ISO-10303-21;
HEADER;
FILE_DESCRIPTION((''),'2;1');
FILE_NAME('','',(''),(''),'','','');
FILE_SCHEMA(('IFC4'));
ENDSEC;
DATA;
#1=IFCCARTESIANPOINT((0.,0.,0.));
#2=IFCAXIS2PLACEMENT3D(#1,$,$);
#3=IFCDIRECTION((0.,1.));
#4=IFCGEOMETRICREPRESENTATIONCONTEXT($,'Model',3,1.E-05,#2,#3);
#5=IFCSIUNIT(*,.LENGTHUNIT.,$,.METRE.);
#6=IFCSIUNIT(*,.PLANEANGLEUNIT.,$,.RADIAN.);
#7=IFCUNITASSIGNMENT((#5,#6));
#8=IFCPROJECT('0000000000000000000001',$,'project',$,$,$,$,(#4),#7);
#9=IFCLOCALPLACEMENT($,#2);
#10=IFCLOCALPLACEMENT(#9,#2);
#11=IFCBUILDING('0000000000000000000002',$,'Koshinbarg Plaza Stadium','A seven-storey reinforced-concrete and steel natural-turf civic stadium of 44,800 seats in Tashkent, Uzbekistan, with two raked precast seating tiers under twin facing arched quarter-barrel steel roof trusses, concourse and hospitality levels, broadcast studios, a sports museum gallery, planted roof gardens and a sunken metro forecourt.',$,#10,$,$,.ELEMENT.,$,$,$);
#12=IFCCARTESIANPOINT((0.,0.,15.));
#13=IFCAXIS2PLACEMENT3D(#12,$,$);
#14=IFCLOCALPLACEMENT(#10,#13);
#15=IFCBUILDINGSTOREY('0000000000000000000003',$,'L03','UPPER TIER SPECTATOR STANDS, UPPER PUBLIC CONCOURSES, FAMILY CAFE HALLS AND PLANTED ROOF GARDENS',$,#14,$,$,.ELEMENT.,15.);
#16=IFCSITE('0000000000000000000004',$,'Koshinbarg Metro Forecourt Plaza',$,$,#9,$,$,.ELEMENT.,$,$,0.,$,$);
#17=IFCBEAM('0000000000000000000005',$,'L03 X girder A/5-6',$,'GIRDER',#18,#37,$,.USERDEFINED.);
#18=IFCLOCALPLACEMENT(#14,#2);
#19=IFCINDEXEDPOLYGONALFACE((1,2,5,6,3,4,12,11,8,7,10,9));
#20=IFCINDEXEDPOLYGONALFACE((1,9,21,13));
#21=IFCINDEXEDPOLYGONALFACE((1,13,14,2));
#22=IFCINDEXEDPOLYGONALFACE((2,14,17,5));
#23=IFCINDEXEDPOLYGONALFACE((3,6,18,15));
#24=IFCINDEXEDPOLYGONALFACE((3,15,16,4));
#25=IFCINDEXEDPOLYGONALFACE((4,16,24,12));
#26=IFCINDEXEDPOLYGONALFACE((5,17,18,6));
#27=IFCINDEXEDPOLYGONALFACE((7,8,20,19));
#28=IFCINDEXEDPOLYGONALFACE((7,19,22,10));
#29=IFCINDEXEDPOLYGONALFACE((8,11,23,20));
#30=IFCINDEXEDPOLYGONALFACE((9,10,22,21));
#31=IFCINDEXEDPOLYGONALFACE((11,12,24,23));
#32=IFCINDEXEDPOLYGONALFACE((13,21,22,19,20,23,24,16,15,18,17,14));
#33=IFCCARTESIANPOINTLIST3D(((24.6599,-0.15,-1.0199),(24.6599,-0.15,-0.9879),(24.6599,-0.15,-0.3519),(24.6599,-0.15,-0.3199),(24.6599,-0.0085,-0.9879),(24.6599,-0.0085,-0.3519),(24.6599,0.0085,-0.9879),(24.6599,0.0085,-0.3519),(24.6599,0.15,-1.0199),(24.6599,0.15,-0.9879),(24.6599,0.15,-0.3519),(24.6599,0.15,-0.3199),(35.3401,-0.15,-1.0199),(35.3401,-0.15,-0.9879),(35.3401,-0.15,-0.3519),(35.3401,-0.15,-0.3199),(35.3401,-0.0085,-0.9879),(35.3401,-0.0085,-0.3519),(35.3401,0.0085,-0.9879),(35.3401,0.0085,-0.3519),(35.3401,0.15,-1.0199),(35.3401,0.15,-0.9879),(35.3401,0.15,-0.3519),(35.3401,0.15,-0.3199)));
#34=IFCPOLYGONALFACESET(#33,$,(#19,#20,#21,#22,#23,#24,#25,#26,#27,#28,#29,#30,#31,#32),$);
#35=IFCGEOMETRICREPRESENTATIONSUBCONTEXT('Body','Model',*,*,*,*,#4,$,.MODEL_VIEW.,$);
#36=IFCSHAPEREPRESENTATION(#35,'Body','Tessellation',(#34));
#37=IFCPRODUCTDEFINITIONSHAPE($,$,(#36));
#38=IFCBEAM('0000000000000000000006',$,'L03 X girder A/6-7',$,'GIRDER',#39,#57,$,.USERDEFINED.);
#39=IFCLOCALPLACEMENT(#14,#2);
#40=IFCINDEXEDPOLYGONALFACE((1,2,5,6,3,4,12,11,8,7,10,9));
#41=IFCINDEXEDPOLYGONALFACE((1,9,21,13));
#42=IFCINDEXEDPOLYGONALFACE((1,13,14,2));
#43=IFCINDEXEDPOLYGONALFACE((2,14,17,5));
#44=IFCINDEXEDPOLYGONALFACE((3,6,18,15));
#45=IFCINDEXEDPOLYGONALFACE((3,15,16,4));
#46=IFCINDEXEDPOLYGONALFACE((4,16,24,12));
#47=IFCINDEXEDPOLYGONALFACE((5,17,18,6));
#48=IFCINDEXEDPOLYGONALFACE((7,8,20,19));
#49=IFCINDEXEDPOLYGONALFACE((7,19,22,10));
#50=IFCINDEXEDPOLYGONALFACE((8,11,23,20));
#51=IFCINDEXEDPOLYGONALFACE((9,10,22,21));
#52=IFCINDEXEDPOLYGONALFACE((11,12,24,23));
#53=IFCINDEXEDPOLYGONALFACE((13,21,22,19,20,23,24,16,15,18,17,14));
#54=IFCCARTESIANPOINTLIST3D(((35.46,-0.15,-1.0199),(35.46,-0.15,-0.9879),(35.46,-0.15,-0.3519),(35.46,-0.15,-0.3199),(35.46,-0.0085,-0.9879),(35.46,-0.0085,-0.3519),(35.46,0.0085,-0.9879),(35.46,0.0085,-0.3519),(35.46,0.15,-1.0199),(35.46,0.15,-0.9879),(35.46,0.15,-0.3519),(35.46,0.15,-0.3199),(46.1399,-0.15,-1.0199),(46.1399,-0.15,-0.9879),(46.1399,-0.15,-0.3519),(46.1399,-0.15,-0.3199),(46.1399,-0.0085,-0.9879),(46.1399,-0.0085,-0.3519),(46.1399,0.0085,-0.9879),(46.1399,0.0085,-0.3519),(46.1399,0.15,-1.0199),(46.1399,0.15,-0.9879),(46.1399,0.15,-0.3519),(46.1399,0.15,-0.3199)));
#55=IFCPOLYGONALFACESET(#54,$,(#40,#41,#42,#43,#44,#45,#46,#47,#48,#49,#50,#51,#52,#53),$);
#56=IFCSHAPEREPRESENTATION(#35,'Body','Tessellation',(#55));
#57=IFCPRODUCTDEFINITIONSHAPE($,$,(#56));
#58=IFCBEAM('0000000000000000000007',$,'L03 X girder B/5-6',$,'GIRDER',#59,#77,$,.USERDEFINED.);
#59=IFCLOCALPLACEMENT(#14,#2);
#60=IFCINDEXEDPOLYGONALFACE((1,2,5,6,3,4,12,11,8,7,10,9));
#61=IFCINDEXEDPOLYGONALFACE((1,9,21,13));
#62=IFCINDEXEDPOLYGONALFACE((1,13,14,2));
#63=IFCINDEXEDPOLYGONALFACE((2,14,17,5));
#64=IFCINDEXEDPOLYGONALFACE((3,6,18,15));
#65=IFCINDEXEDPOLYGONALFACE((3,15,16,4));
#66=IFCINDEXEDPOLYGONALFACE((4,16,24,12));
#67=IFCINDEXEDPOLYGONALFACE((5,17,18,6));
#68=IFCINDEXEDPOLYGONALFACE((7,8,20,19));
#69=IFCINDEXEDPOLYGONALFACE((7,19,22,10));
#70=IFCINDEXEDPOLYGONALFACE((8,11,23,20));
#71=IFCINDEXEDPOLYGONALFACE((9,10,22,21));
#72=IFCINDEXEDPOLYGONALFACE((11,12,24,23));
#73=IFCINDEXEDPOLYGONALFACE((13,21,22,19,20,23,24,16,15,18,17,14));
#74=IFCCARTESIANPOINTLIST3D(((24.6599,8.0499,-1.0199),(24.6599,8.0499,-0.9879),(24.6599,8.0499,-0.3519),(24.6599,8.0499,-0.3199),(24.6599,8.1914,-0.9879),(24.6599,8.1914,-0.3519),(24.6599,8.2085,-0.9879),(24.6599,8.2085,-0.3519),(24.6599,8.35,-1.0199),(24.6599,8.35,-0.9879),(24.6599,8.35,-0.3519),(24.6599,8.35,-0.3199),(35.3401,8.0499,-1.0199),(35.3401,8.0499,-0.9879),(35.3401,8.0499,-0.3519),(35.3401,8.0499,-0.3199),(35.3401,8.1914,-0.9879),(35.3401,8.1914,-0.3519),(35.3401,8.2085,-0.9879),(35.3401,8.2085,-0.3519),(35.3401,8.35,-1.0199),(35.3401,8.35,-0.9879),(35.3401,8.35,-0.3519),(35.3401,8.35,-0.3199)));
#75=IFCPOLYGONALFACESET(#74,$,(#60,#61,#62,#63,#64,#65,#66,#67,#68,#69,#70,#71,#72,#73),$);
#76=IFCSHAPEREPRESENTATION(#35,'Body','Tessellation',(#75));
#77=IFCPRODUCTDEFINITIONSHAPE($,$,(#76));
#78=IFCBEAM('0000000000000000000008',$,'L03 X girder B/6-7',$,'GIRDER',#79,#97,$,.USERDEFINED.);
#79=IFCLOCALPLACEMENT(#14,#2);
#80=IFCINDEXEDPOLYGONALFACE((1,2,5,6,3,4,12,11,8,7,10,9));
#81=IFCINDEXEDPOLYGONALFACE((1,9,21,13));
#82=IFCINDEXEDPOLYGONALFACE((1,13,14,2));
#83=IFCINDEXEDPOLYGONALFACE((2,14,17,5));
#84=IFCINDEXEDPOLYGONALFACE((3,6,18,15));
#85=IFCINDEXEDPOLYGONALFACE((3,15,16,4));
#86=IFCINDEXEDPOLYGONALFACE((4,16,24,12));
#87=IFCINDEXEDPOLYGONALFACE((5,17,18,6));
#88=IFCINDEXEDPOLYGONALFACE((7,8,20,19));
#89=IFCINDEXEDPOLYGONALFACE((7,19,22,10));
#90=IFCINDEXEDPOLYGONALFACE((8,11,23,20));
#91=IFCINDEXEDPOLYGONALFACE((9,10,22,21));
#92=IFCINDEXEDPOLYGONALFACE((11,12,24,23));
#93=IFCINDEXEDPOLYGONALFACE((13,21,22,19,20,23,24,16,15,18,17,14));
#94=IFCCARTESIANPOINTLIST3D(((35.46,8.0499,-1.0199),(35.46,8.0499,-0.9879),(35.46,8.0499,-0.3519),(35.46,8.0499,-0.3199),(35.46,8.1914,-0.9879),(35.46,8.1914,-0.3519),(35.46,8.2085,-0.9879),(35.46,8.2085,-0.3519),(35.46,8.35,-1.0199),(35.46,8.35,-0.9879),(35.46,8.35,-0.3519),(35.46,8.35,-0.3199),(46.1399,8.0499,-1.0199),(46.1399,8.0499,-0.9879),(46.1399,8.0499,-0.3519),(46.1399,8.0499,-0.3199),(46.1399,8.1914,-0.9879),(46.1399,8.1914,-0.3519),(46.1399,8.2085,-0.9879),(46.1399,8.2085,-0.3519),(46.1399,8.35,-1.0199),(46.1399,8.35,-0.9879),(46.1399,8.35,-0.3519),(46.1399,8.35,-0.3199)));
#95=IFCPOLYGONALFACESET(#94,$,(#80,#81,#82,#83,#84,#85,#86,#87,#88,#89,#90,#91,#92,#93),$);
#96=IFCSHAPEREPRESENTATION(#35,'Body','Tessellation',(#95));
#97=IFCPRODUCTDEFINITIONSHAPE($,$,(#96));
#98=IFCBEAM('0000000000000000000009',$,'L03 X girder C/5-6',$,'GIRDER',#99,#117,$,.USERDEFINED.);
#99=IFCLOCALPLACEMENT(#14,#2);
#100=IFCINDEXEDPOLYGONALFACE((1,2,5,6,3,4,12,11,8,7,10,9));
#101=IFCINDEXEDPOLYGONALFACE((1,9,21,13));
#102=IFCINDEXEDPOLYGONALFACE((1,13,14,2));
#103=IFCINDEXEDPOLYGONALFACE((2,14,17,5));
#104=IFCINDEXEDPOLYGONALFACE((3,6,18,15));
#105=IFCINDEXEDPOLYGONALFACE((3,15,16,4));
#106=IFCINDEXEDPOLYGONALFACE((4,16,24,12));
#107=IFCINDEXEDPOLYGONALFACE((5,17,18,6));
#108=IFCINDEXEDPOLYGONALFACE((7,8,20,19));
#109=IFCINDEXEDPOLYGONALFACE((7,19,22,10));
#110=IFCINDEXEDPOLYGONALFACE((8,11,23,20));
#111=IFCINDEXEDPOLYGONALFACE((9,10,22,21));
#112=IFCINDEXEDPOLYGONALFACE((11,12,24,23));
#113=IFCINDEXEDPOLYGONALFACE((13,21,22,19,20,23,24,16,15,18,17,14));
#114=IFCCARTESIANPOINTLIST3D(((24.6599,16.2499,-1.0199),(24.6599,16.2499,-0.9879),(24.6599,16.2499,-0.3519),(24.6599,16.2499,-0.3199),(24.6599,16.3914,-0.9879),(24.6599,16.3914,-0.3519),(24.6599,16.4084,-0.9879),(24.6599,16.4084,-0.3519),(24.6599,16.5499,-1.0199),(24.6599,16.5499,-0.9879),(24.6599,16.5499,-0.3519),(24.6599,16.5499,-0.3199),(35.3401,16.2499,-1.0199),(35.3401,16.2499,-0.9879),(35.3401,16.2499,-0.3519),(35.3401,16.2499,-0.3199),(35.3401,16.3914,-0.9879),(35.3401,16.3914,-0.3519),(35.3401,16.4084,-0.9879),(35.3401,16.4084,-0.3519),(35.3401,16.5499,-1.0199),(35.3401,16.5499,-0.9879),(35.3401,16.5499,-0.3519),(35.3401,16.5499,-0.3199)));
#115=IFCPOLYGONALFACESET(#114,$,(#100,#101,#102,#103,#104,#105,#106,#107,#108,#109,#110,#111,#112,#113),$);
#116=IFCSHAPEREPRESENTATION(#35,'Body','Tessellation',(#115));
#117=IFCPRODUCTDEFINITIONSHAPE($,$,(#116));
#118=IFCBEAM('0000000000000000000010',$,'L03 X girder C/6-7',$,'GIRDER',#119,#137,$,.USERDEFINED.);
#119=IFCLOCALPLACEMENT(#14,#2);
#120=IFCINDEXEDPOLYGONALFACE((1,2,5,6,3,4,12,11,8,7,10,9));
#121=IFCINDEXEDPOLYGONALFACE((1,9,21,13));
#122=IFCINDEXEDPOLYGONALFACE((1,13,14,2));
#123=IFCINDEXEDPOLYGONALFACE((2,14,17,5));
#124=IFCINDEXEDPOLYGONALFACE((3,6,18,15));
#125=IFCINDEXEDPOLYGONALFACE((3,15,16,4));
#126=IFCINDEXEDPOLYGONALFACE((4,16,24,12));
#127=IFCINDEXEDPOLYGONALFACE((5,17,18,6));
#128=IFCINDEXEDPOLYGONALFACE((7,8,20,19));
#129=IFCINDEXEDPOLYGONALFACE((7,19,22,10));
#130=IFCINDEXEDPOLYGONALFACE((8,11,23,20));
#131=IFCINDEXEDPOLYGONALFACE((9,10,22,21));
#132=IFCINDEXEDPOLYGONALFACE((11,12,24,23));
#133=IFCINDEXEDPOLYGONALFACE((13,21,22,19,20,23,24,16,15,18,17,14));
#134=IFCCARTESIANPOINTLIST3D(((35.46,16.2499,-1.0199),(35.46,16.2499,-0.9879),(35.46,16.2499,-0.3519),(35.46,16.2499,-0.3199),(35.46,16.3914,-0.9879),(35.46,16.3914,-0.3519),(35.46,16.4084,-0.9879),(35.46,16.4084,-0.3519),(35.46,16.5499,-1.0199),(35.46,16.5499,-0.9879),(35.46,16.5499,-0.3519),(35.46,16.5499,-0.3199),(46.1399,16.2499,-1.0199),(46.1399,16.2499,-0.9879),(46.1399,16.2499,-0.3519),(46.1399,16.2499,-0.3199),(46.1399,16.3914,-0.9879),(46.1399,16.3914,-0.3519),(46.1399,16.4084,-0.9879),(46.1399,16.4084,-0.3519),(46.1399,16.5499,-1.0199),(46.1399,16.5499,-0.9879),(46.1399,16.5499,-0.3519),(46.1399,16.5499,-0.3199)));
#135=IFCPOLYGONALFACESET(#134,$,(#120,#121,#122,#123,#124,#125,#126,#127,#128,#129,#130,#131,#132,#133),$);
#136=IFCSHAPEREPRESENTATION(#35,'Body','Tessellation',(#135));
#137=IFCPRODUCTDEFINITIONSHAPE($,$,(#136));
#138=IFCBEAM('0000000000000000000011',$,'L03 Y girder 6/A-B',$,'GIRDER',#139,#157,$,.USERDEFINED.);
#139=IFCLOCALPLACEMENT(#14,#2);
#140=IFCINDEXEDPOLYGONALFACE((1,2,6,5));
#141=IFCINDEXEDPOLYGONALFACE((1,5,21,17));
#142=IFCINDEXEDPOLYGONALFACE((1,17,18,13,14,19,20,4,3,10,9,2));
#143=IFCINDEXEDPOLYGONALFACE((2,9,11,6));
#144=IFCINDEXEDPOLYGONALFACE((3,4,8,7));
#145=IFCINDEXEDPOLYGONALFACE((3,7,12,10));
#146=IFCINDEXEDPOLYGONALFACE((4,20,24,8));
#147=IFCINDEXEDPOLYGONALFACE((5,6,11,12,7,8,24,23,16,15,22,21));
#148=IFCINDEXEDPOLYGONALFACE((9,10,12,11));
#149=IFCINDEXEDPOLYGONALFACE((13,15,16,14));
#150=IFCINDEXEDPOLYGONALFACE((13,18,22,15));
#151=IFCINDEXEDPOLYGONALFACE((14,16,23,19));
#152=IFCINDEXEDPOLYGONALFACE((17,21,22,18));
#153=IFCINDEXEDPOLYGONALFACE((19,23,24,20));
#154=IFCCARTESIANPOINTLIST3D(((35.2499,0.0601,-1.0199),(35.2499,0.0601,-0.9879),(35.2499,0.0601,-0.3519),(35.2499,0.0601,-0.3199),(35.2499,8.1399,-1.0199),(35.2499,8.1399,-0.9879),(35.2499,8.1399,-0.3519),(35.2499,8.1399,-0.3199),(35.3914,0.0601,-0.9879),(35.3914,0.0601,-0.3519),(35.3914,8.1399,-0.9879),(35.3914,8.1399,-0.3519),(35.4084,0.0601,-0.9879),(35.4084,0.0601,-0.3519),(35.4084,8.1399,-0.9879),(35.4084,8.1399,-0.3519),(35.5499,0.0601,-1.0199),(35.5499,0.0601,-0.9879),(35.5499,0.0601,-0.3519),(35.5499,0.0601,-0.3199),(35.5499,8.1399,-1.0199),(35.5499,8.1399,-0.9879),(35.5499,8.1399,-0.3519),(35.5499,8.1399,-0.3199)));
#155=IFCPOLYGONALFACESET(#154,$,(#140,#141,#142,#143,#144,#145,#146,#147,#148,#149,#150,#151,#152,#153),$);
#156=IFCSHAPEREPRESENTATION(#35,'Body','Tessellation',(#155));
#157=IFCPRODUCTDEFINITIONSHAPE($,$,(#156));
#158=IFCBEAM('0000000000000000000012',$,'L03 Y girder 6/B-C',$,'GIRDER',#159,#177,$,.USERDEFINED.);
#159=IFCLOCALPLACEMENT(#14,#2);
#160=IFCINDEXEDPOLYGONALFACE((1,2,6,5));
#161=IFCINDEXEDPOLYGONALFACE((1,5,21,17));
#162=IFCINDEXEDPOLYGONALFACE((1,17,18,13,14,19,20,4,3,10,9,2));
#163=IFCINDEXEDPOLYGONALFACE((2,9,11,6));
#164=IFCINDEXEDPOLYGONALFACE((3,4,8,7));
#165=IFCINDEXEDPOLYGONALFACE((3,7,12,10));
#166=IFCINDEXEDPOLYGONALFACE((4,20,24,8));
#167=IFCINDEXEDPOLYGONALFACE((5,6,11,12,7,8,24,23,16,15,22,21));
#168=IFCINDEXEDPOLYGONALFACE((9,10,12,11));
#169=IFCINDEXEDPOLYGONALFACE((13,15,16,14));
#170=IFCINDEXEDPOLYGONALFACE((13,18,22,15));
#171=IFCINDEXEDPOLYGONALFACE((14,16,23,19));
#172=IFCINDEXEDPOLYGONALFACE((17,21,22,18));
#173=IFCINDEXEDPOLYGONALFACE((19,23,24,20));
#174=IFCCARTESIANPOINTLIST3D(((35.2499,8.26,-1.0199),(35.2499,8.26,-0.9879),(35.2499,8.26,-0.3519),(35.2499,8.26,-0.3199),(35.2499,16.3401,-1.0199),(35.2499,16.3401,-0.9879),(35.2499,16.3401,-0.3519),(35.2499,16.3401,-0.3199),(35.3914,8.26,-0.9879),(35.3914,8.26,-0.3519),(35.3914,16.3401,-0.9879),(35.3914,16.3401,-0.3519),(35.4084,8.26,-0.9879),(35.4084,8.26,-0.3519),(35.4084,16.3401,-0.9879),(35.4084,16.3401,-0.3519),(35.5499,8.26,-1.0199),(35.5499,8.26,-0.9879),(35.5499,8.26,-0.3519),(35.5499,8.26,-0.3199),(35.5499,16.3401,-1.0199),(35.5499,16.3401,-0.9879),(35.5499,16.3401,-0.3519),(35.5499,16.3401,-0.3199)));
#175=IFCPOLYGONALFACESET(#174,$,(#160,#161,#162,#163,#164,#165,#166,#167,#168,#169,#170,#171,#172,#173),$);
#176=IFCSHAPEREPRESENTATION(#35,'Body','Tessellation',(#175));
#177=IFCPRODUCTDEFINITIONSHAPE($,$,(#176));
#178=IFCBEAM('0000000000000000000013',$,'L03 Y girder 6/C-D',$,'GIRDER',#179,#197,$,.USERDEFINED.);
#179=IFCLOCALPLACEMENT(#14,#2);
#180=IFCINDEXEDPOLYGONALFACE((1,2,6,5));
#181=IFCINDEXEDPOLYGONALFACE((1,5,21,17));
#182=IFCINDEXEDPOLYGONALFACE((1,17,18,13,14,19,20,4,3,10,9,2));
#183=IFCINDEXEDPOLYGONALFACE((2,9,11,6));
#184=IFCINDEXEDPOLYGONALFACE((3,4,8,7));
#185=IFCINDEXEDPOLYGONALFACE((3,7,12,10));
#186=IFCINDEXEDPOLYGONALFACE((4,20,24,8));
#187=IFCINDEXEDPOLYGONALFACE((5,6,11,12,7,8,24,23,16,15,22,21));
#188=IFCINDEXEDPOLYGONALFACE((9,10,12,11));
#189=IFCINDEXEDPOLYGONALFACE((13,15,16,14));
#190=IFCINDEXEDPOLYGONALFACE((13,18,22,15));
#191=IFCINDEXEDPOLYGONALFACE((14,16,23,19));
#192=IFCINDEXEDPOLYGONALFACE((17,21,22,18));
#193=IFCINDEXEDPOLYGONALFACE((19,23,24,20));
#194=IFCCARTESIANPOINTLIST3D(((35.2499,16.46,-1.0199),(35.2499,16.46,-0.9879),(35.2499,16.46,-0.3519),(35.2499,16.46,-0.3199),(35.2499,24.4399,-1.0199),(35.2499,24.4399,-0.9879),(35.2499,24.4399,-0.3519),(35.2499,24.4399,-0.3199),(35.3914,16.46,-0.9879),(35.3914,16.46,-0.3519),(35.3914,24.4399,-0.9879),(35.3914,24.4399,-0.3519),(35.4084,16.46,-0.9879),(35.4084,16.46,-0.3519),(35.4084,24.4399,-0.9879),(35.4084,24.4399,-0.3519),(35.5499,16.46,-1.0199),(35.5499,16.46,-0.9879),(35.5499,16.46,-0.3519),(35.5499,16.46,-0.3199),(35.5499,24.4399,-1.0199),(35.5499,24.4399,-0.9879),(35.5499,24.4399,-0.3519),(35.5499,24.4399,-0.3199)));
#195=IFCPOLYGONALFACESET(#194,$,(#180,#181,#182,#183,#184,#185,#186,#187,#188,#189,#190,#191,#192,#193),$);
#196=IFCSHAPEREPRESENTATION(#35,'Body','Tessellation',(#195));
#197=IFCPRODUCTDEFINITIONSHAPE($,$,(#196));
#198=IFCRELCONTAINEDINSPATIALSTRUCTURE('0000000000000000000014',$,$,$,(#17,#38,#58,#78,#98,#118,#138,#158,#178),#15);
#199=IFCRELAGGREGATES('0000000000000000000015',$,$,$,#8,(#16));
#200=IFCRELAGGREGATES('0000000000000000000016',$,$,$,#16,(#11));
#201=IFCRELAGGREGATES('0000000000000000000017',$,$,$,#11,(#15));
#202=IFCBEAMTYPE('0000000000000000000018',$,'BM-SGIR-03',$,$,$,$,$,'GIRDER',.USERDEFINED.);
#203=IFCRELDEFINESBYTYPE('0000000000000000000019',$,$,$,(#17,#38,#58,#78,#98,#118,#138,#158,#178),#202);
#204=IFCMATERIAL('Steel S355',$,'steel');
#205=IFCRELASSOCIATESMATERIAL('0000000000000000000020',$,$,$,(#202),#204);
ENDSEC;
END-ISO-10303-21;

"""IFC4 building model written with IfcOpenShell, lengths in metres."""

from ifc_helpers import new_model, si_unit, direction, frame, origin, origin_2d, place, context, subcontext, project, spatial, i_section, extrude, material, material_profile, profile_set, type_object, element, save


model = new_model("IFC4")

# Units and contexts
model_context = context("Model", 3, precision=1e-05, world=origin(), true_north=direction((0.0, 1.0)))
body_context = subcontext(model_context, "Body", "Model", "MODEL_VIEW")
ifc_project = project(units=[si_unit("LENGTHUNIT", "METRE"), si_unit("PLANEANGLEUNIT", "RADIAN")], contexts=[model_context])

# Site, building, storey
site_placement = place(None, origin())
site = spatial("IfcSite", under=ifc_project, at=site_placement, Name="Koshinbarg Metro Forecourt Plaza", CompositionType="ELEMENT", RefElevation=0.0)
building_placement = place(site_placement, origin())
building = spatial("IfcBuilding", under=site, at=building_placement, Name="Koshinbarg Plaza Stadium", Description="A seven-storey reinforced-concrete and steel natural-turf civic stadium of 44,800 seats in Tashkent, Uzbekistan, with two raked precast seating tiers under twin facing arched quarter-barrel steel roof trusses, concourse and hospitality levels, broadcast studios, a sports museum gallery, planted roof gardens and a sunken metro forecourt.", CompositionType="ELEMENT")
storey_placement = place(building_placement, frame((0.0, 0.0, 15.0)))
storey = spatial("IfcBuildingStorey", under=building, at=storey_placement, Name="L03", Description="UPPER TIER SPECTATOR STANDS, UPPER PUBLIC CONCOURSES, FAMILY CAFE HALLS AND PLANTED ROOF GARDENS", CompositionType="ELEMENT", Elevation=15.0)

# Beams
ifc_material_1 = material(Name="Steel S355", Category="steel")
ifc_material_profile_1 = material_profile(ifc_material_1, i_section(OverallWidth=0.3, OverallDepth=0.7, WebThickness=0.0171, FlangeThickness=0.032, at=origin_2d()), Name="HEB 700")
ifc_profile_set_1 = profile_set([ifc_material_profile_1], Name="Steel S355")
beam_type_1 = type_object("IfcBeamType", Name="BM-SGIR-03", ElementType="GIRDER", PredefinedType="USERDEFINED", material=ifc_profile_set_1)
beam_1_placement = place(storey_placement, frame((24.6599, 0.0, -0.6699), z_axis=(1.0, 0.0, 0.0), x_axis=(0.0, 1.0, 0.0)))
element("IfcBeam", 1, at=beam_1_placement, inside=storey, type_object=beam_type_1, Name="L03 X girder A/5-6", ObjectType="GIRDER", PredefinedType="USERDEFINED", context=body_context, shape_type="SweptSolid", body=[
    extrude(i_section(OverallWidth=0.3, OverallDepth=0.7, WebThickness=0.0171, FlangeThickness=0.032, at=origin_2d()), origin(), (0.0, 0.0, 1.0), 10.6802),
])
beam_2_placement = place(storey_placement, frame((35.46, 0.0, -0.6699), z_axis=(1.0, 0.0, 0.0), x_axis=(0.0, 1.0, 0.0)))
element("IfcBeam", 2, at=beam_2_placement, inside=storey, type_object=beam_type_1, Name="L03 X girder A/6-7", ObjectType="GIRDER", PredefinedType="USERDEFINED", context=body_context, shape_type="SweptSolid", body=[
    extrude(i_section(OverallWidth=0.3, OverallDepth=0.7, WebThickness=0.0171, FlangeThickness=0.032, at=origin_2d()), origin(), (0.0, 0.0, 1.0), 10.6799),
])
beam_3_placement = place(storey_placement, frame((24.6599, 8.2, -0.6699), z_axis=(1.0, 0.0, 0.0), x_axis=(0.0, 1.0, 0.0)))
element("IfcBeam", 3, at=beam_3_placement, inside=storey, type_object=beam_type_1, Name="L03 X girder B/5-6", ObjectType="GIRDER", PredefinedType="USERDEFINED", context=body_context, shape_type="SweptSolid", body=[
    extrude(i_section(OverallWidth=0.3, OverallDepth=0.7, WebThickness=0.0171, FlangeThickness=0.032, at=origin_2d()), origin(), (0.0, 0.0, 1.0), 10.6802),
])
beam_4_placement = place(storey_placement, frame((35.46, 8.2, -0.6699), z_axis=(1.0, 0.0, 0.0), x_axis=(0.0, 1.0, 0.0)))
element("IfcBeam", 4, at=beam_4_placement, inside=storey, type_object=beam_type_1, Name="L03 X girder B/6-7", ObjectType="GIRDER", PredefinedType="USERDEFINED", context=body_context, shape_type="SweptSolid", body=[
    extrude(i_section(OverallWidth=0.3, OverallDepth=0.7, WebThickness=0.0171, FlangeThickness=0.032, at=origin_2d()), origin(), (0.0, 0.0, 1.0), 10.6799),
])
beam_5_placement = place(storey_placement, frame((24.6599, 16.3999, -0.6699), z_axis=(1.0, 0.0, 0.0), x_axis=(0.0, 1.0, 0.0)))
element("IfcBeam", 5, at=beam_5_placement, inside=storey, type_object=beam_type_1, Name="L03 X girder C/5-6", ObjectType="GIRDER", PredefinedType="USERDEFINED", context=body_context, shape_type="SweptSolid", body=[
    extrude(i_section(OverallWidth=0.3, OverallDepth=0.7, WebThickness=0.0171, FlangeThickness=0.032, at=origin_2d()), origin(), (0.0, 0.0, 1.0), 10.6802),
])
beam_6_placement = place(storey_placement, frame((35.46, 16.3999, -0.6699), z_axis=(1.0, 0.0, 0.0), x_axis=(0.0, 1.0, 0.0)))
element("IfcBeam", 6, at=beam_6_placement, inside=storey, type_object=beam_type_1, Name="L03 X girder C/6-7", ObjectType="GIRDER", PredefinedType="USERDEFINED", context=body_context, shape_type="SweptSolid", body=[
    extrude(i_section(OverallWidth=0.3, OverallDepth=0.7, WebThickness=0.0171, FlangeThickness=0.032, at=origin_2d()), origin(), (0.0, 0.0, 1.0), 10.6799),
])
beam_7_placement = place(storey_placement, frame((35.3999, 0.0601, -0.6699), z_axis=(0.0, 1.0, 0.0), x_axis=(-1.0, 0.0, 0.0)))
element("IfcBeam", 7, at=beam_7_placement, inside=storey, type_object=beam_type_1, Name="L03 Y girder 6/A-B", ObjectType="GIRDER", PredefinedType="USERDEFINED", context=body_context, shape_type="SweptSolid", body=[
    extrude(i_section(OverallWidth=0.3, OverallDepth=0.7, WebThickness=0.0171, FlangeThickness=0.032, at=origin_2d()), origin(), (0.0, 0.0, 1.0), 8.0798),
])
beam_8_placement = place(storey_placement, frame((35.3999, 8.26, -0.6699), z_axis=(0.0, 1.0, 0.0), x_axis=(-1.0, 0.0, 0.0)))
element("IfcBeam", 8, at=beam_8_placement, inside=storey, type_object=beam_type_1, Name="L03 Y girder 6/B-C", ObjectType="GIRDER", PredefinedType="USERDEFINED", context=body_context, shape_type="SweptSolid", body=[
    extrude(i_section(OverallWidth=0.3, OverallDepth=0.7, WebThickness=0.0171, FlangeThickness=0.032, at=origin_2d()), origin(), (0.0, 0.0, 1.0), 8.0801),
])
beam_9_placement = place(storey_placement, frame((35.3999, 16.46, -0.6699), z_axis=(0.0, 1.0, 0.0), x_axis=(-1.0, 0.0, 0.0)))
element("IfcBeam", 9, at=beam_9_placement, inside=storey, type_object=beam_type_1, Name="L03 Y girder 6/C-D", ObjectType="GIRDER", PredefinedType="USERDEFINED", context=body_context, shape_type="SweptSolid", body=[
    extrude(i_section(OverallWidth=0.3, OverallDepth=0.7, WebThickness=0.0171, FlangeThickness=0.032, at=origin_2d()), origin(), (0.0, 0.0, 1.0), 7.98),
])

save(model, "model.ifc")
